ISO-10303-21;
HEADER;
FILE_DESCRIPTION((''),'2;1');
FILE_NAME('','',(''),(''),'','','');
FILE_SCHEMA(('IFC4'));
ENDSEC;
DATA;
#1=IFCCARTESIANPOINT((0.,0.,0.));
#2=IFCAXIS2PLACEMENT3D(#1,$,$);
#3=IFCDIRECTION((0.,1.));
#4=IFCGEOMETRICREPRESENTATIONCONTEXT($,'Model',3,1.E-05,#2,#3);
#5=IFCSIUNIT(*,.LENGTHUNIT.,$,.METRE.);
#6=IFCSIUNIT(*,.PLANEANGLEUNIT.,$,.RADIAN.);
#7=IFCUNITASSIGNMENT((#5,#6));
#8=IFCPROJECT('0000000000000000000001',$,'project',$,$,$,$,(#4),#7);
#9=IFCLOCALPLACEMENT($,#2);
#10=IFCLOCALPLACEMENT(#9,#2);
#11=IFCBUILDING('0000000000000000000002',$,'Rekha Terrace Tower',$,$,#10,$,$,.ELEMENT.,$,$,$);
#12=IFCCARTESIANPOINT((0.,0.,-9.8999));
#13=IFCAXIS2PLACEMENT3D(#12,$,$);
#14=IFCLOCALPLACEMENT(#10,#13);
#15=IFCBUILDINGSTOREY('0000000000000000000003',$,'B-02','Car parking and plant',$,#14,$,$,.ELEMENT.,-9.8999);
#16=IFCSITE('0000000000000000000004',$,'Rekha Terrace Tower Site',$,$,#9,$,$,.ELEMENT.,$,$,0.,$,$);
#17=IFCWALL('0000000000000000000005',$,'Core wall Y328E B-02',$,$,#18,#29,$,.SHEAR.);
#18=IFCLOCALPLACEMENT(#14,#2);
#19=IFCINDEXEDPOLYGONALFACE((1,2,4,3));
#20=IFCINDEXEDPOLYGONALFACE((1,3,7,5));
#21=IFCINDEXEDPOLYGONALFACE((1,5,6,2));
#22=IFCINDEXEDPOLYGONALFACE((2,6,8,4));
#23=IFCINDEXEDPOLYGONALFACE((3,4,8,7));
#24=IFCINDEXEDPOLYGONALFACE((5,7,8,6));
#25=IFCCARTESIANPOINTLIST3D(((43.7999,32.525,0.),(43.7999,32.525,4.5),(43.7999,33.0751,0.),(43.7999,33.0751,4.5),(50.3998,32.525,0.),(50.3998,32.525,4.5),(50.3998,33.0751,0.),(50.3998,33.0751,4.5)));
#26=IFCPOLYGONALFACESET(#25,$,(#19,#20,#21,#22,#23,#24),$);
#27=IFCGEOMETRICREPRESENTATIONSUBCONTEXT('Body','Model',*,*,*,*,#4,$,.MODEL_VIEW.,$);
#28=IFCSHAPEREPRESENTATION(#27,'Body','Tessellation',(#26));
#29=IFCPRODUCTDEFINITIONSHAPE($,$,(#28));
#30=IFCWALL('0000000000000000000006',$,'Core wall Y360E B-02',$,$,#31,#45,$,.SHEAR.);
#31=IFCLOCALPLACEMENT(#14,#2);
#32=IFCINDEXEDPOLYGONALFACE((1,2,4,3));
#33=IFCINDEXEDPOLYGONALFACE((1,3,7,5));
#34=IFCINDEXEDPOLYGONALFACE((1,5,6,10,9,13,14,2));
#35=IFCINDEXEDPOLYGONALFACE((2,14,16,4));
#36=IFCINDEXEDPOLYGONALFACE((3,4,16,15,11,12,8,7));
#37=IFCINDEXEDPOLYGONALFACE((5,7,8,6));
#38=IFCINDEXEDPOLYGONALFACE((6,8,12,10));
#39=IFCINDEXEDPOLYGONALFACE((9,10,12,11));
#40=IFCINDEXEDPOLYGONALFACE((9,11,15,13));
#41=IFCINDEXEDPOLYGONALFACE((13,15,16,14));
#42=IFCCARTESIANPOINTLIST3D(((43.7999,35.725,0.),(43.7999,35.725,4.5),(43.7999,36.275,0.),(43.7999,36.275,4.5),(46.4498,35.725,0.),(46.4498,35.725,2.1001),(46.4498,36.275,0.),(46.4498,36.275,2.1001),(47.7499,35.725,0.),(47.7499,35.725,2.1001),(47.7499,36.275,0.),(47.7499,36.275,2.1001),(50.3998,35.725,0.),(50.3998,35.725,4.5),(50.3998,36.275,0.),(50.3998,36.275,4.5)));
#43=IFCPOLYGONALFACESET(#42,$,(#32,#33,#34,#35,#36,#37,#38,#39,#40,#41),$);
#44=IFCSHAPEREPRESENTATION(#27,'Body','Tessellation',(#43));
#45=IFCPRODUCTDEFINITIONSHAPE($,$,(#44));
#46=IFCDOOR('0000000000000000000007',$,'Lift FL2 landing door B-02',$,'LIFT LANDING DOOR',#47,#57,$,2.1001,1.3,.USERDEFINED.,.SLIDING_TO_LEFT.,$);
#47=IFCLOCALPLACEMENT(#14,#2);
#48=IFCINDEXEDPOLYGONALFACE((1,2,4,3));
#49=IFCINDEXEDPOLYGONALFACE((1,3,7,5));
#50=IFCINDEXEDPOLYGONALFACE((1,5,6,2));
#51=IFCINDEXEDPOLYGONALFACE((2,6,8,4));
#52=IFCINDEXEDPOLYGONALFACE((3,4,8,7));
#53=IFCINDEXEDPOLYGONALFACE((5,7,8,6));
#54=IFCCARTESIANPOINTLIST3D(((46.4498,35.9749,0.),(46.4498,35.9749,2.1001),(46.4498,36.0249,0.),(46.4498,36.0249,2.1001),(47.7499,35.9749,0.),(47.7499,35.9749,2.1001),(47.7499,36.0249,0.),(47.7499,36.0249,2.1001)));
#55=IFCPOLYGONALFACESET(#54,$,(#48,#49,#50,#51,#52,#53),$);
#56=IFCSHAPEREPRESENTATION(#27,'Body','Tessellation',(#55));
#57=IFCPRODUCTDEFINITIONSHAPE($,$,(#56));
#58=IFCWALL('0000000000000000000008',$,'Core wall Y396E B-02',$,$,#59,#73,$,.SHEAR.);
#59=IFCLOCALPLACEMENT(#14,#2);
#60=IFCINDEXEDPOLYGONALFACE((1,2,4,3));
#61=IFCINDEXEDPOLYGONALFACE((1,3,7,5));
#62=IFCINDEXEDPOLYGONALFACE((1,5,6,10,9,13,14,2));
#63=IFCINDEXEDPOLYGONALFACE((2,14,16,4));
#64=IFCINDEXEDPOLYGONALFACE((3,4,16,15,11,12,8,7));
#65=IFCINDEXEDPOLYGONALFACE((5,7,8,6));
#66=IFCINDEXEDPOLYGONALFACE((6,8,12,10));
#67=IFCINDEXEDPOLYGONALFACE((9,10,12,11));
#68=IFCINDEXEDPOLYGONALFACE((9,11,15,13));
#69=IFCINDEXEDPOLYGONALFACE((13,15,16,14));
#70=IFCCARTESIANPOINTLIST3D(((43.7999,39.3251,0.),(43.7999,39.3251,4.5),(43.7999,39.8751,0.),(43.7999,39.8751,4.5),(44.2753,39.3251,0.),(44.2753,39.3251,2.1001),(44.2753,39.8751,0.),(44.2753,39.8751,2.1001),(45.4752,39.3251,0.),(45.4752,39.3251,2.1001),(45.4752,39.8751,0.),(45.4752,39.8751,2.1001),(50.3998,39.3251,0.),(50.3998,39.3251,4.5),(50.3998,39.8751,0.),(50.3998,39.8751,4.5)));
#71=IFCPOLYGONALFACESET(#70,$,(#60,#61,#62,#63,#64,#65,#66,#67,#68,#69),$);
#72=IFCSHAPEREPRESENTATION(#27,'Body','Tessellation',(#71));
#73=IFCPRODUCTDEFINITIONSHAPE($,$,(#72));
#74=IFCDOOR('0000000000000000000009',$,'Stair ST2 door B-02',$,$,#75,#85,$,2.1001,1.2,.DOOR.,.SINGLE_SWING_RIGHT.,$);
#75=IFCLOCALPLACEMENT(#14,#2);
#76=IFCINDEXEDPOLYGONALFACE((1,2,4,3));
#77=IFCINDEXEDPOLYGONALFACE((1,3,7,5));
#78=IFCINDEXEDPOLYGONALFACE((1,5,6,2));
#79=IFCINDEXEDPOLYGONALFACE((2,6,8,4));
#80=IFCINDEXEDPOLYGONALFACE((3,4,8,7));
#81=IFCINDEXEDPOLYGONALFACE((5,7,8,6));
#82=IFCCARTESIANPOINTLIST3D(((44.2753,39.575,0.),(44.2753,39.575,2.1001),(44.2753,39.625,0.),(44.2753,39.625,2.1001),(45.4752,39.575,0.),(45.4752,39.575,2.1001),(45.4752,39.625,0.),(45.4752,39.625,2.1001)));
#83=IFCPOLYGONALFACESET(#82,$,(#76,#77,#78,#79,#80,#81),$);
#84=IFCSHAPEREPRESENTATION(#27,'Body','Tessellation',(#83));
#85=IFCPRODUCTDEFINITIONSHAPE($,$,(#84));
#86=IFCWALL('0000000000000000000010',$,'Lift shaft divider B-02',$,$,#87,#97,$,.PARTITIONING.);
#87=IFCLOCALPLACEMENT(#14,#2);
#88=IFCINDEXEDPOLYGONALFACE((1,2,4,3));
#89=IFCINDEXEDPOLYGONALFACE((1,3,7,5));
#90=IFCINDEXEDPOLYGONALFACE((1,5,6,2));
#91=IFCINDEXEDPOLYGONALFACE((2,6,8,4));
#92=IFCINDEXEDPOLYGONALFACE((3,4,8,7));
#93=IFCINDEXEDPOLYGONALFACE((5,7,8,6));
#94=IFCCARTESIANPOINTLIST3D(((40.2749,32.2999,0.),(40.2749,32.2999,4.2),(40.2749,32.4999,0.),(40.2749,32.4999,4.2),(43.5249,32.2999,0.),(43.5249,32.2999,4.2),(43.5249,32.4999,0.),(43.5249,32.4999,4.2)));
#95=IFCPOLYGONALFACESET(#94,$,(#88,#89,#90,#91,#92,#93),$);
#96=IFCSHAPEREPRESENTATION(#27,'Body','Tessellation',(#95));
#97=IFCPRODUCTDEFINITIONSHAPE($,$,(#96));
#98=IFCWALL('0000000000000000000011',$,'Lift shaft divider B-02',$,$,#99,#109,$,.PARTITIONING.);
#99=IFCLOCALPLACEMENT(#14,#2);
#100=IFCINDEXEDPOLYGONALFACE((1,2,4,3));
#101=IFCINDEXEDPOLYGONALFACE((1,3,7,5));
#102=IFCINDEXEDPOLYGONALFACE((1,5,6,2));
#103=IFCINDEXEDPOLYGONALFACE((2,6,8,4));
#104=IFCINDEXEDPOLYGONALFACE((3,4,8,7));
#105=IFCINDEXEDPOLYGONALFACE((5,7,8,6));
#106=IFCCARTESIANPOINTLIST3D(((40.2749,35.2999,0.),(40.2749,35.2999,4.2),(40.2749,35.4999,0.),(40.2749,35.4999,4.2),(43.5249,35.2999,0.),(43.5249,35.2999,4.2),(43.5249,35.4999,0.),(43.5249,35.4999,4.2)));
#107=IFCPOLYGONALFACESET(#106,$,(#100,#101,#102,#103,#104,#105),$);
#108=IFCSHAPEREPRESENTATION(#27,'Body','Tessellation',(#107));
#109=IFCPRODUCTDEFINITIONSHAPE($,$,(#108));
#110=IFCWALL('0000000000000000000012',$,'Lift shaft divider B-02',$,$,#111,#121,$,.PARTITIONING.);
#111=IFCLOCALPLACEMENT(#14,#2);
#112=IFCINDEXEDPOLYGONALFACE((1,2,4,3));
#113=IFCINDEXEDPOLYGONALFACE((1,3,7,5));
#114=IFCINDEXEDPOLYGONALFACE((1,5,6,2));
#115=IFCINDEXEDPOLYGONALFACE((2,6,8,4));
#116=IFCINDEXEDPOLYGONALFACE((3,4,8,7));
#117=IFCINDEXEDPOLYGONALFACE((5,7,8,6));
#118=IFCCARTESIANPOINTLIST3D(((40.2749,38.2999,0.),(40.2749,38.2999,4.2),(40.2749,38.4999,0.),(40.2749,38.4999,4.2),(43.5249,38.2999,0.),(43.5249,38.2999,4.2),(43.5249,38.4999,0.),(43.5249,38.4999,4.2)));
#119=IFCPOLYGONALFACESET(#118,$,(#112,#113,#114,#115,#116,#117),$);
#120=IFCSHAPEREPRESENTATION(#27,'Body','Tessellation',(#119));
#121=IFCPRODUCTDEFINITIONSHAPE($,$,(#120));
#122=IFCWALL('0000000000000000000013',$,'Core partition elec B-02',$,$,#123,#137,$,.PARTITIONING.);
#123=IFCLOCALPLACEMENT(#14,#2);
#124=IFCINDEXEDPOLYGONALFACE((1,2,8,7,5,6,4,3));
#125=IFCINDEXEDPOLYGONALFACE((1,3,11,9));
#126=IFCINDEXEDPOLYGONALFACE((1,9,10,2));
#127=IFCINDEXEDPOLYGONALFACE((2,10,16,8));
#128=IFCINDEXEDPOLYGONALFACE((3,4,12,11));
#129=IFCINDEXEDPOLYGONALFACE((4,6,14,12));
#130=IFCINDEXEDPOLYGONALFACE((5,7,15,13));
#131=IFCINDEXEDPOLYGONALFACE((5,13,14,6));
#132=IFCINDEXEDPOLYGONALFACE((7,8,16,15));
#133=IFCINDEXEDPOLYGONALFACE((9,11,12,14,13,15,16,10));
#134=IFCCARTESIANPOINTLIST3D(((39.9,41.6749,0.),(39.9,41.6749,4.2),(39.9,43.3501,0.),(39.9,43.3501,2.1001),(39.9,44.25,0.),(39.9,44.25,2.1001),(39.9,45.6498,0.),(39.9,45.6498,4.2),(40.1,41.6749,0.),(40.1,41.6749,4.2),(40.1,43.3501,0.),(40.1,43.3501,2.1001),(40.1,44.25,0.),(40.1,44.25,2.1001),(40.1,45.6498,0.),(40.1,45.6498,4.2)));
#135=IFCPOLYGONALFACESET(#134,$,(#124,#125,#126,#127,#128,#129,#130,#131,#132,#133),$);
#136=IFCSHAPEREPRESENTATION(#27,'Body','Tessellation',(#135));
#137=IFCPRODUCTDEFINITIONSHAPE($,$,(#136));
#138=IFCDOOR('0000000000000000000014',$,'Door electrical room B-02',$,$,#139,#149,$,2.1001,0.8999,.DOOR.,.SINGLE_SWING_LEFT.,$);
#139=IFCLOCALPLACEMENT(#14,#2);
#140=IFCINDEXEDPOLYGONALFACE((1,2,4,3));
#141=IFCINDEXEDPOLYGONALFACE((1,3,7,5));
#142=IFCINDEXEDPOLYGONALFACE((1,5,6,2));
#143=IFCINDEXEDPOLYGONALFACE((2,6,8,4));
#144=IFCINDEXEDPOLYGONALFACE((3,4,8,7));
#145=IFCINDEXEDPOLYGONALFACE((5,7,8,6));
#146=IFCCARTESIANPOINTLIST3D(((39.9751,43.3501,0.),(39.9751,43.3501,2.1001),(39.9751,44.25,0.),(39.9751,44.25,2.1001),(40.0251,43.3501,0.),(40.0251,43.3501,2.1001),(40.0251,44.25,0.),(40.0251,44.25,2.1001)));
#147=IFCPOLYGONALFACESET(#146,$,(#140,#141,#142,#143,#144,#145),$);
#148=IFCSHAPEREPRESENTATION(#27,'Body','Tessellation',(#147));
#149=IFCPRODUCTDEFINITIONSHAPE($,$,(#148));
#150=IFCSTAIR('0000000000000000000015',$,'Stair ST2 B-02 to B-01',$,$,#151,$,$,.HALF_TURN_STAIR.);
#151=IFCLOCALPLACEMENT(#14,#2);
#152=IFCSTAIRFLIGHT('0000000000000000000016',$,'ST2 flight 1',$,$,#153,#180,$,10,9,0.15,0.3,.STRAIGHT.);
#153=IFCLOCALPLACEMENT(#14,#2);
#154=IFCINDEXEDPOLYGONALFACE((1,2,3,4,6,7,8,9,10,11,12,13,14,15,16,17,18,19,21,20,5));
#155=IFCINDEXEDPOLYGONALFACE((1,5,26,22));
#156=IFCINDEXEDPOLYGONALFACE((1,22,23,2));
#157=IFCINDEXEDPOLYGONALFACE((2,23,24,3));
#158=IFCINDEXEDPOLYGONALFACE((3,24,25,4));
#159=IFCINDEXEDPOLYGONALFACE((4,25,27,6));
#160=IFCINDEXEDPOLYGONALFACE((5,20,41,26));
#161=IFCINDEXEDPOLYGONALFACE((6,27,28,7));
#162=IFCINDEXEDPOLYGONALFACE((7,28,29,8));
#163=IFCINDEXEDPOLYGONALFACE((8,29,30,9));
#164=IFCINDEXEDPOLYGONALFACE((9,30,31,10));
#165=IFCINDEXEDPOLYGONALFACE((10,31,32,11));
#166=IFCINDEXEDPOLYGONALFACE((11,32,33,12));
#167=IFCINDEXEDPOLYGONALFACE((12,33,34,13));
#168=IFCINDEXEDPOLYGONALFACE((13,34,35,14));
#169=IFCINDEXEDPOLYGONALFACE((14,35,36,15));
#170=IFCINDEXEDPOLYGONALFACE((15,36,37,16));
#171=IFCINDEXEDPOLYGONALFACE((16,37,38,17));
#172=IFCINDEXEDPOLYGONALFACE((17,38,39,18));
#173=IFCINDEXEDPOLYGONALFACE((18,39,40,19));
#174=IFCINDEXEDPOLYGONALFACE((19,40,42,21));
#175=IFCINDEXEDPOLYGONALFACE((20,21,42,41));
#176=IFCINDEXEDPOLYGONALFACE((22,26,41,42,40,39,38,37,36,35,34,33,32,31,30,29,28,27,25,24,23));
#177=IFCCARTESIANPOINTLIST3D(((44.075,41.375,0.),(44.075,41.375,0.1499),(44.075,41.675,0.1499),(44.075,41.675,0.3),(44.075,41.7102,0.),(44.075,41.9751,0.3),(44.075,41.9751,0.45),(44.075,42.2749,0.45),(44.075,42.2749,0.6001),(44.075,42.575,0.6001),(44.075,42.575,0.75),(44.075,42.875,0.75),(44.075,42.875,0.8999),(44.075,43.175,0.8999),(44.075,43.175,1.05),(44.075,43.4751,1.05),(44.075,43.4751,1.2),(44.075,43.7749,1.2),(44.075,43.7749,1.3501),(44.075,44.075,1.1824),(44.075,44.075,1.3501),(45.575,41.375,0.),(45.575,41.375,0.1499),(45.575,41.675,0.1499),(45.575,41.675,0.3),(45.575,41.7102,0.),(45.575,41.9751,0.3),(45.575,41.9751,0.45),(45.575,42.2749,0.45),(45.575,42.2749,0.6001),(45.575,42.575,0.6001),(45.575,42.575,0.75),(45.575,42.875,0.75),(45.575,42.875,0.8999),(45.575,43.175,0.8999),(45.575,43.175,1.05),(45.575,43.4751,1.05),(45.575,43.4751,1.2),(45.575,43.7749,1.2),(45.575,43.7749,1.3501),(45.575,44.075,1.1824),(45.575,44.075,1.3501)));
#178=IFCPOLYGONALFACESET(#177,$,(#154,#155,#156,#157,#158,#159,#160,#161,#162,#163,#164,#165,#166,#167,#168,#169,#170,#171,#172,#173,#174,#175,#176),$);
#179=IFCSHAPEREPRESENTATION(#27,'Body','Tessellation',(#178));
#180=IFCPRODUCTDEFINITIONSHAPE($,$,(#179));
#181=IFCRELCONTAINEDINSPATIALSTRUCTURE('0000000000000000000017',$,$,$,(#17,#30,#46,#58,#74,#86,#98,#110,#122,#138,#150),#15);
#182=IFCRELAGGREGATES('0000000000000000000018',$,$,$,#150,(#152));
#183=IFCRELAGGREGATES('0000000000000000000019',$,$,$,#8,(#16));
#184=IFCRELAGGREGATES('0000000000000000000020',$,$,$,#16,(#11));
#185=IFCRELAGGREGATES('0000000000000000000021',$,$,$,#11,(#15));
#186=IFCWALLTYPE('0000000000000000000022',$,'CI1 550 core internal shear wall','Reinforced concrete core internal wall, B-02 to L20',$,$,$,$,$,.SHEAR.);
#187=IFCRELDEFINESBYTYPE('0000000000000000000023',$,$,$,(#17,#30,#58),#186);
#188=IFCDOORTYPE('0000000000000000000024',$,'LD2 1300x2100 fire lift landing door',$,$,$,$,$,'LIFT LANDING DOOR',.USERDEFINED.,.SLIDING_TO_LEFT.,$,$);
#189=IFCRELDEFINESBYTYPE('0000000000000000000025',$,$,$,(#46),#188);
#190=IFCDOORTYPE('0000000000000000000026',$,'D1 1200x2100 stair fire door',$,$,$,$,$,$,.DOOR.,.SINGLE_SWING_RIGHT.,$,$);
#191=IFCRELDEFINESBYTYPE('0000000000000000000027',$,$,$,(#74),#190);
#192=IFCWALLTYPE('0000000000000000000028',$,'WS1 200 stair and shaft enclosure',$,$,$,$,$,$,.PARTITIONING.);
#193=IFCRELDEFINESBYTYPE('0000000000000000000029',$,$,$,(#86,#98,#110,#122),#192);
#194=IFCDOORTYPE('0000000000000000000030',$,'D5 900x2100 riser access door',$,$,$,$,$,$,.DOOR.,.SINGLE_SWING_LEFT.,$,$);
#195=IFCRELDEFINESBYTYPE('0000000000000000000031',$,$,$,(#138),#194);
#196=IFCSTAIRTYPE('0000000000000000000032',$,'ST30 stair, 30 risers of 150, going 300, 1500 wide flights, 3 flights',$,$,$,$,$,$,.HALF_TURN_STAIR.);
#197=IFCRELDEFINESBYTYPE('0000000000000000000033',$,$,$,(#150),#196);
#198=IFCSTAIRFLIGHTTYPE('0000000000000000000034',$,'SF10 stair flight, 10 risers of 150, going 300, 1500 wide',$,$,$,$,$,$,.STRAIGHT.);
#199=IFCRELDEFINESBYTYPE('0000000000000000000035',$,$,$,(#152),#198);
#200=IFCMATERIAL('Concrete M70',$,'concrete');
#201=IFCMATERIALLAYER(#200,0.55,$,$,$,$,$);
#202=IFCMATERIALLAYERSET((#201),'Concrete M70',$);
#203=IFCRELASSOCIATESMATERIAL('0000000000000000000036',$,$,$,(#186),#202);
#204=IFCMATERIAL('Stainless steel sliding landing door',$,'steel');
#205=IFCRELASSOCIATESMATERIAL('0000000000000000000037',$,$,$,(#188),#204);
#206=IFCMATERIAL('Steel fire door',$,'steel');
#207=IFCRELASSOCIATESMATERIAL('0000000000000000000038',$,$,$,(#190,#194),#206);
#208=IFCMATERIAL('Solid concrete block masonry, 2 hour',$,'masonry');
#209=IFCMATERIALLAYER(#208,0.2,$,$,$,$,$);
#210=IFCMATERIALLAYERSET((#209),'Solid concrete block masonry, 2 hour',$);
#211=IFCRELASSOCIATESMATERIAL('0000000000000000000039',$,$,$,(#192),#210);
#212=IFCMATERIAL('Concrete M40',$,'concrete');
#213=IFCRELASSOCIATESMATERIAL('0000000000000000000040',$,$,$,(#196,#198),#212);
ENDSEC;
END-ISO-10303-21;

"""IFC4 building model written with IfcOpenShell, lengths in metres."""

from ifc_helpers import new_model, si_unit, direction, frame, frame_2d, origin, place, context, subcontext, project, spatial, polyline, rectangle, outline, extrude, material, layer, layer_set, type_object, element, fill, aggregate, save


model = new_model("IFC4")

# Units and contexts
model_context = context("Model", 3, precision=1e-05, world=origin(), true_north=direction((0.0, 1.0)))
body_context = subcontext(model_context, "Body", "Model", "MODEL_VIEW")
ifc_project = project(units=[si_unit("LENGTHUNIT", "METRE"), si_unit("PLANEANGLEUNIT", "RADIAN")], contexts=[model_context])

# Site, building, storey
site_placement = place(None, origin())
site = spatial("IfcSite", under=ifc_project, at=site_placement, Name="Rekha Terrace Tower Site", CompositionType="ELEMENT", RefElevation=0.0)
building_placement = place(site_placement, origin())
building = spatial("IfcBuilding", under=site, at=building_placement, Name="Rekha Terrace Tower", CompositionType="ELEMENT")
storey_placement = place(building_placement, frame((0.0, 0.0, -9.8999)))
storey = spatial("IfcBuildingStorey", under=building, at=storey_placement, Name="B-02", Description="Car parking and plant", CompositionType="ELEMENT", Elevation=-9.8999)

# Wall
ifc_material_1 = material(Name="Concrete M70", Category="concrete")
ifc_layer_1 = layer(ifc_material_1, 0.55)
ifc_layer_set_1 = layer_set([ifc_layer_1], Name="Concrete M70")
wall_type_1 = type_object("IfcWallType", Name="CI1 550 core internal shear wall", Description="Reinforced concrete core internal wall, B-02 to L20", PredefinedType="SHEAR", material=ifc_layer_set_1)
for number, where, z_axis, x_axis, name in (
    (1, (43.8, 32.8, 0.0), (0.0, 0.0, 1.0), (1.0, 0.0, 0.0), "Core wall Y328E B-02"),
):
    element("IfcWall", number, at=place(storey_placement, frame(where, z_axis=z_axis, x_axis=x_axis)), inside=storey, type_object=wall_type_1, Name=name, PredefinedType="SHEAR", context=body_context, shape_type="SweptSolid", body=[
        extrude(rectangle(XDim=6.5999, YDim=0.55, at=frame_2d((3.2998, 0.0))), origin(), (0.0, 0.0, 1.0), 4.5),
    ])

# Walls, openings, doors
wall_1_placement = place(storey_placement, frame((43.8, 36.0, 0.0), z_axis=(0.0, 0.0, 1.0), x_axis=(1.0, 0.0, 0.0)))
wall_1 = element("IfcWall", 2, at=wall_1_placement, inside=storey, type_object=wall_type_1, Name="Core wall Y360E B-02", PredefinedType="SHEAR", context=body_context, shape_type="SweptSolid", body=[
    extrude(rectangle(XDim=6.5999, YDim=0.55, at=frame_2d((3.2998, 0.0))), origin(), (0.0, 0.0, 1.0), 4.5),
])
opening_1_placement = place(wall_1_placement, frame((2.6499, 0.0, 0.0)))
opening_1 = element("IfcOpeningElement", 3, at=opening_1_placement, cuts=wall_1, PredefinedType="OPENING", context=body_context, shape_type="SweptSolid", body=[
    extrude(rectangle(XDim=1.3, YDim=2.1001, at=frame_2d((0.6499, 1.05))), frame((0.0, 0.2849, 0.0), z_axis=(0.0, -1.0, 0.0), x_axis=(1.0, 0.0, 0.0)), (0.0, 0.0, 1.0), 0.5701),
])
ifc_material_2 = material(Name="Stainless steel sliding landing door", Category="steel")
door_type_1 = type_object("IfcDoorType", Name="LD2 1300x2100 fire lift landing door", ElementType="LIFT LANDING DOOR", OperationType="SLIDING_TO_LEFT", PredefinedType="USERDEFINED", material=ifc_material_2)
door_1_placement = place(opening_1_placement, origin())
door_1 = element("IfcDoor", 4, at=door_1_placement, inside=storey, type_object=door_type_1, Name="Lift FL2 landing door B-02", ObjectType="LIFT LANDING DOOR", OperationType="SLIDING_TO_LEFT", OverallHeight=2.1001, OverallWidth=1.3, PredefinedType="USERDEFINED", context=body_context, shape_type="SweptSolid", body=[
    extrude(rectangle(XDim=1.3, YDim=2.1001, at=frame_2d((0.6499, 1.05))), frame((0.0, 0.0249, 0.0), z_axis=(0.0, -1.0, 0.0), x_axis=(1.0, 0.0, 0.0)), (0.0, 0.0, 1.0), 0.05),
])
fill(opening_1, door_1)
wall_2_placement = place(storey_placement, frame((43.8, 39.6001, 0.0), z_axis=(0.0, 0.0, 1.0), x_axis=(1.0, 0.0, 0.0)))
wall_2 = element("IfcWall", 5, at=wall_2_placement, inside=storey, type_object=wall_type_1, Name="Core wall Y396E B-02", PredefinedType="SHEAR", context=body_context, shape_type="SweptSolid", body=[
    extrude(rectangle(XDim=6.5999, YDim=0.55, at=frame_2d((3.2998, 0.0))), origin(), (0.0, 0.0, 1.0), 4.5),
])
opening_2_placement = place(wall_2_placement, frame((0.4751, 0.0, 0.0)))
opening_2 = element("IfcOpeningElement", 6, at=opening_2_placement, cuts=wall_2, PredefinedType="OPENING", context=body_context, shape_type="SweptSolid", body=[
    extrude(rectangle(XDim=1.2, YDim=2.1001, at=frame_2d((0.6001, 1.05))), frame((0.0, 0.2849, 0.0), z_axis=(0.0, -1.0, 0.0), x_axis=(1.0, 0.0, 0.0)), (0.0, 0.0, 1.0), 0.5701),
])
ifc_material_3 = material(Name="Steel fire door", Category="steel")
door_type_2 = type_object("IfcDoorType", Name="D1 1200x2100 stair fire door", OperationType="SINGLE_SWING_RIGHT", PredefinedType="DOOR", material=ifc_material_3)
door_2_placement = place(opening_2_placement, origin())
door_2 = element("IfcDoor", 7, at=door_2_placement, inside=storey, type_object=door_type_2, Name="Stair ST2 door B-02", OperationType="SINGLE_SWING_RIGHT", OverallHeight=2.1001, OverallWidth=1.2, PredefinedType="DOOR", context=body_context, shape_type="SweptSolid", body=[
    extrude(rectangle(XDim=1.2, YDim=2.1001, at=frame_2d((0.6001, 1.05))), frame((0.0, 0.0249, 0.0), z_axis=(0.0, -1.0, 0.0), x_axis=(1.0, 0.0, 0.0)), (0.0, 0.0, 1.0), 0.05),
])
fill(opening_2, door_2)

# Walls
ifc_material_4 = material(Name="Solid concrete block masonry, 2 hour", Category="masonry")
ifc_layer_2 = layer(ifc_material_4, 0.2)
ifc_layer_set_2 = layer_set([ifc_layer_2], Name="Solid concrete block masonry, 2 hour")
wall_type_2 = type_object("IfcWallType", Name="WS1 200 stair and shaft enclosure", PredefinedType="PARTITIONING", material=ifc_layer_set_2)
for number, where, z_axis, x_axis, name in (
    (8, (40.2749, 32.3999, 0.0), (0.0, 0.0, 1.0), (1.0, 0.0, 0.0), "Lift shaft divider B-02"),
    (9, (40.2749, 35.3999, 0.0), (0.0, 0.0, 1.0), (1.0, 0.0, 0.0), "Lift shaft divider B-02"),
    (10, (40.2749, 38.3999, 0.0), (0.0, 0.0, 1.0), (1.0, 0.0, 0.0), "Lift shaft divider B-02"),
):
    element("IfcWall", number, at=place(storey_placement, frame(where, z_axis=z_axis, x_axis=x_axis)), inside=storey, type_object=wall_type_2, Name=name, PredefinedType="PARTITIONING", context=body_context, shape_type="SweptSolid", body=[
        extrude(rectangle(XDim=3.25, YDim=0.2, at=frame_2d((1.625, 0.0))), origin(), (0.0, 0.0, 1.0), 4.2),
    ])

# Wall, opening, door
wall_3_placement = place(storey_placement, frame((40.0, 41.675, 0.0), z_axis=(0.0, 0.0, 1.0), x_axis=(0.0, 1.0, 0.0)))
wall_3 = element("IfcWall", 11, at=wall_3_placement, inside=storey, type_object=wall_type_2, Name="Core partition elec B-02", PredefinedType="PARTITIONING", context=body_context, shape_type="SweptSolid", body=[
    extrude(rectangle(XDim=3.9749, YDim=0.2, at=frame_2d((1.9873, 0.0))), origin(), (0.0, 0.0, 1.0), 4.2),
])
opening_3_placement = place(wall_3_placement, frame((1.675, 0.0, 0.0)))
opening_3 = element("IfcOpeningElement", 12, at=opening_3_placement, cuts=wall_3, PredefinedType="OPENING", context=body_context, shape_type="SweptSolid", body=[
    extrude(rectangle(XDim=0.8999, YDim=2.1001, at=frame_2d((0.45, 1.05))), frame((0.0, 0.1099, 0.0), z_axis=(0.0, -1.0, 0.0), x_axis=(1.0, 0.0, 0.0)), (0.0, 0.0, 1.0), 0.22),
])
door_type_3 = type_object("IfcDoorType", Name="D5 900x2100 riser access door", OperationType="SINGLE_SWING_LEFT", PredefinedType="DOOR", material=ifc_material_3)
door_3_placement = place(opening_3_placement, origin())
door_3 = element("IfcDoor", 13, at=door_3_placement, inside=storey, type_object=door_type_3, Name="Door electrical room B-02", OperationType="SINGLE_SWING_LEFT", OverallHeight=2.1001, OverallWidth=0.8999, PredefinedType="DOOR", context=body_context, shape_type="SweptSolid", body=[
    extrude(rectangle(XDim=0.8999, YDim=2.1001, at=frame_2d((0.45, 1.05))), frame((0.0, 0.0249, 0.0), z_axis=(0.0, -1.0, 0.0), x_axis=(1.0, 0.0, 0.0)), (0.0, 0.0, 1.0), 0.05),
])
fill(opening_3, door_3)

# Stair, stair flight
ifc_material_5 = material(Name="Concrete M40", Category="concrete")
stair_type = type_object("IfcStairType", Name="ST30 stair, 30 risers of 150, going 300, 1500 wide flights, 3 flights", PredefinedType="HALF_TURN_STAIR", material=ifc_material_5)
stair_placement = place(storey_placement, origin())
stair = element("IfcStair", 14, at=stair_placement, inside=storey, type_object=stair_type, Name="Stair ST2 B-02 to B-01", PredefinedType="HALF_TURN_STAIR")
stair_flight_type = type_object("IfcStairFlightType", Name="SF10 stair flight, 10 risers of 150, going 300, 1500 wide", PredefinedType="STRAIGHT", material=ifc_material_5)
stair_flight_1_placement = place(storey_placement, frame((44.825, 41.375, 0.0), z_axis=(0.0, 0.0, 1.0), x_axis=(0.0, 1.0, 0.0)))
stair_flight_1 = element("IfcStairFlight", 15, at=stair_flight_1_placement, type_object=stair_flight_type, Name="ST2 flight 1", NumberOfRisers=10, NumberOfTreads=9, PredefinedType="STRAIGHT", RiserHeight=0.15, TreadLength=0.3, context=body_context, shape_type="SweptSolid", body=[
    extrude(outline(polyline([(0.0, 0.0), (0.0, 0.1499), (0.3, 0.1499), (0.3, 0.3), (0.6001, 0.3), (0.6001, 0.45), (0.8999, 0.45), (0.8999, 0.6001), (1.2, 0.6001), (1.2, 0.75), (1.5, 0.75), (1.5, 0.8999), (1.8, 0.8999), (1.8, 1.05), (2.1001, 1.05), (2.1001, 1.2), (2.3999, 1.2), (2.3999, 1.3501), (2.7, 1.3501), (2.7, 1.5), (2.7, 1.1824), (0.3352, 0.0), (0.0, 0.0)])), frame((0.0, 0.75, 0.0), z_axis=(0.0, -1.0, 0.0), x_axis=(1.0, 0.0, 0.0)), (0.0, 0.0, 1.0), 1.5),
])
aggregate(stair, [stair_flight_1])

save(model, "model.ifc")
